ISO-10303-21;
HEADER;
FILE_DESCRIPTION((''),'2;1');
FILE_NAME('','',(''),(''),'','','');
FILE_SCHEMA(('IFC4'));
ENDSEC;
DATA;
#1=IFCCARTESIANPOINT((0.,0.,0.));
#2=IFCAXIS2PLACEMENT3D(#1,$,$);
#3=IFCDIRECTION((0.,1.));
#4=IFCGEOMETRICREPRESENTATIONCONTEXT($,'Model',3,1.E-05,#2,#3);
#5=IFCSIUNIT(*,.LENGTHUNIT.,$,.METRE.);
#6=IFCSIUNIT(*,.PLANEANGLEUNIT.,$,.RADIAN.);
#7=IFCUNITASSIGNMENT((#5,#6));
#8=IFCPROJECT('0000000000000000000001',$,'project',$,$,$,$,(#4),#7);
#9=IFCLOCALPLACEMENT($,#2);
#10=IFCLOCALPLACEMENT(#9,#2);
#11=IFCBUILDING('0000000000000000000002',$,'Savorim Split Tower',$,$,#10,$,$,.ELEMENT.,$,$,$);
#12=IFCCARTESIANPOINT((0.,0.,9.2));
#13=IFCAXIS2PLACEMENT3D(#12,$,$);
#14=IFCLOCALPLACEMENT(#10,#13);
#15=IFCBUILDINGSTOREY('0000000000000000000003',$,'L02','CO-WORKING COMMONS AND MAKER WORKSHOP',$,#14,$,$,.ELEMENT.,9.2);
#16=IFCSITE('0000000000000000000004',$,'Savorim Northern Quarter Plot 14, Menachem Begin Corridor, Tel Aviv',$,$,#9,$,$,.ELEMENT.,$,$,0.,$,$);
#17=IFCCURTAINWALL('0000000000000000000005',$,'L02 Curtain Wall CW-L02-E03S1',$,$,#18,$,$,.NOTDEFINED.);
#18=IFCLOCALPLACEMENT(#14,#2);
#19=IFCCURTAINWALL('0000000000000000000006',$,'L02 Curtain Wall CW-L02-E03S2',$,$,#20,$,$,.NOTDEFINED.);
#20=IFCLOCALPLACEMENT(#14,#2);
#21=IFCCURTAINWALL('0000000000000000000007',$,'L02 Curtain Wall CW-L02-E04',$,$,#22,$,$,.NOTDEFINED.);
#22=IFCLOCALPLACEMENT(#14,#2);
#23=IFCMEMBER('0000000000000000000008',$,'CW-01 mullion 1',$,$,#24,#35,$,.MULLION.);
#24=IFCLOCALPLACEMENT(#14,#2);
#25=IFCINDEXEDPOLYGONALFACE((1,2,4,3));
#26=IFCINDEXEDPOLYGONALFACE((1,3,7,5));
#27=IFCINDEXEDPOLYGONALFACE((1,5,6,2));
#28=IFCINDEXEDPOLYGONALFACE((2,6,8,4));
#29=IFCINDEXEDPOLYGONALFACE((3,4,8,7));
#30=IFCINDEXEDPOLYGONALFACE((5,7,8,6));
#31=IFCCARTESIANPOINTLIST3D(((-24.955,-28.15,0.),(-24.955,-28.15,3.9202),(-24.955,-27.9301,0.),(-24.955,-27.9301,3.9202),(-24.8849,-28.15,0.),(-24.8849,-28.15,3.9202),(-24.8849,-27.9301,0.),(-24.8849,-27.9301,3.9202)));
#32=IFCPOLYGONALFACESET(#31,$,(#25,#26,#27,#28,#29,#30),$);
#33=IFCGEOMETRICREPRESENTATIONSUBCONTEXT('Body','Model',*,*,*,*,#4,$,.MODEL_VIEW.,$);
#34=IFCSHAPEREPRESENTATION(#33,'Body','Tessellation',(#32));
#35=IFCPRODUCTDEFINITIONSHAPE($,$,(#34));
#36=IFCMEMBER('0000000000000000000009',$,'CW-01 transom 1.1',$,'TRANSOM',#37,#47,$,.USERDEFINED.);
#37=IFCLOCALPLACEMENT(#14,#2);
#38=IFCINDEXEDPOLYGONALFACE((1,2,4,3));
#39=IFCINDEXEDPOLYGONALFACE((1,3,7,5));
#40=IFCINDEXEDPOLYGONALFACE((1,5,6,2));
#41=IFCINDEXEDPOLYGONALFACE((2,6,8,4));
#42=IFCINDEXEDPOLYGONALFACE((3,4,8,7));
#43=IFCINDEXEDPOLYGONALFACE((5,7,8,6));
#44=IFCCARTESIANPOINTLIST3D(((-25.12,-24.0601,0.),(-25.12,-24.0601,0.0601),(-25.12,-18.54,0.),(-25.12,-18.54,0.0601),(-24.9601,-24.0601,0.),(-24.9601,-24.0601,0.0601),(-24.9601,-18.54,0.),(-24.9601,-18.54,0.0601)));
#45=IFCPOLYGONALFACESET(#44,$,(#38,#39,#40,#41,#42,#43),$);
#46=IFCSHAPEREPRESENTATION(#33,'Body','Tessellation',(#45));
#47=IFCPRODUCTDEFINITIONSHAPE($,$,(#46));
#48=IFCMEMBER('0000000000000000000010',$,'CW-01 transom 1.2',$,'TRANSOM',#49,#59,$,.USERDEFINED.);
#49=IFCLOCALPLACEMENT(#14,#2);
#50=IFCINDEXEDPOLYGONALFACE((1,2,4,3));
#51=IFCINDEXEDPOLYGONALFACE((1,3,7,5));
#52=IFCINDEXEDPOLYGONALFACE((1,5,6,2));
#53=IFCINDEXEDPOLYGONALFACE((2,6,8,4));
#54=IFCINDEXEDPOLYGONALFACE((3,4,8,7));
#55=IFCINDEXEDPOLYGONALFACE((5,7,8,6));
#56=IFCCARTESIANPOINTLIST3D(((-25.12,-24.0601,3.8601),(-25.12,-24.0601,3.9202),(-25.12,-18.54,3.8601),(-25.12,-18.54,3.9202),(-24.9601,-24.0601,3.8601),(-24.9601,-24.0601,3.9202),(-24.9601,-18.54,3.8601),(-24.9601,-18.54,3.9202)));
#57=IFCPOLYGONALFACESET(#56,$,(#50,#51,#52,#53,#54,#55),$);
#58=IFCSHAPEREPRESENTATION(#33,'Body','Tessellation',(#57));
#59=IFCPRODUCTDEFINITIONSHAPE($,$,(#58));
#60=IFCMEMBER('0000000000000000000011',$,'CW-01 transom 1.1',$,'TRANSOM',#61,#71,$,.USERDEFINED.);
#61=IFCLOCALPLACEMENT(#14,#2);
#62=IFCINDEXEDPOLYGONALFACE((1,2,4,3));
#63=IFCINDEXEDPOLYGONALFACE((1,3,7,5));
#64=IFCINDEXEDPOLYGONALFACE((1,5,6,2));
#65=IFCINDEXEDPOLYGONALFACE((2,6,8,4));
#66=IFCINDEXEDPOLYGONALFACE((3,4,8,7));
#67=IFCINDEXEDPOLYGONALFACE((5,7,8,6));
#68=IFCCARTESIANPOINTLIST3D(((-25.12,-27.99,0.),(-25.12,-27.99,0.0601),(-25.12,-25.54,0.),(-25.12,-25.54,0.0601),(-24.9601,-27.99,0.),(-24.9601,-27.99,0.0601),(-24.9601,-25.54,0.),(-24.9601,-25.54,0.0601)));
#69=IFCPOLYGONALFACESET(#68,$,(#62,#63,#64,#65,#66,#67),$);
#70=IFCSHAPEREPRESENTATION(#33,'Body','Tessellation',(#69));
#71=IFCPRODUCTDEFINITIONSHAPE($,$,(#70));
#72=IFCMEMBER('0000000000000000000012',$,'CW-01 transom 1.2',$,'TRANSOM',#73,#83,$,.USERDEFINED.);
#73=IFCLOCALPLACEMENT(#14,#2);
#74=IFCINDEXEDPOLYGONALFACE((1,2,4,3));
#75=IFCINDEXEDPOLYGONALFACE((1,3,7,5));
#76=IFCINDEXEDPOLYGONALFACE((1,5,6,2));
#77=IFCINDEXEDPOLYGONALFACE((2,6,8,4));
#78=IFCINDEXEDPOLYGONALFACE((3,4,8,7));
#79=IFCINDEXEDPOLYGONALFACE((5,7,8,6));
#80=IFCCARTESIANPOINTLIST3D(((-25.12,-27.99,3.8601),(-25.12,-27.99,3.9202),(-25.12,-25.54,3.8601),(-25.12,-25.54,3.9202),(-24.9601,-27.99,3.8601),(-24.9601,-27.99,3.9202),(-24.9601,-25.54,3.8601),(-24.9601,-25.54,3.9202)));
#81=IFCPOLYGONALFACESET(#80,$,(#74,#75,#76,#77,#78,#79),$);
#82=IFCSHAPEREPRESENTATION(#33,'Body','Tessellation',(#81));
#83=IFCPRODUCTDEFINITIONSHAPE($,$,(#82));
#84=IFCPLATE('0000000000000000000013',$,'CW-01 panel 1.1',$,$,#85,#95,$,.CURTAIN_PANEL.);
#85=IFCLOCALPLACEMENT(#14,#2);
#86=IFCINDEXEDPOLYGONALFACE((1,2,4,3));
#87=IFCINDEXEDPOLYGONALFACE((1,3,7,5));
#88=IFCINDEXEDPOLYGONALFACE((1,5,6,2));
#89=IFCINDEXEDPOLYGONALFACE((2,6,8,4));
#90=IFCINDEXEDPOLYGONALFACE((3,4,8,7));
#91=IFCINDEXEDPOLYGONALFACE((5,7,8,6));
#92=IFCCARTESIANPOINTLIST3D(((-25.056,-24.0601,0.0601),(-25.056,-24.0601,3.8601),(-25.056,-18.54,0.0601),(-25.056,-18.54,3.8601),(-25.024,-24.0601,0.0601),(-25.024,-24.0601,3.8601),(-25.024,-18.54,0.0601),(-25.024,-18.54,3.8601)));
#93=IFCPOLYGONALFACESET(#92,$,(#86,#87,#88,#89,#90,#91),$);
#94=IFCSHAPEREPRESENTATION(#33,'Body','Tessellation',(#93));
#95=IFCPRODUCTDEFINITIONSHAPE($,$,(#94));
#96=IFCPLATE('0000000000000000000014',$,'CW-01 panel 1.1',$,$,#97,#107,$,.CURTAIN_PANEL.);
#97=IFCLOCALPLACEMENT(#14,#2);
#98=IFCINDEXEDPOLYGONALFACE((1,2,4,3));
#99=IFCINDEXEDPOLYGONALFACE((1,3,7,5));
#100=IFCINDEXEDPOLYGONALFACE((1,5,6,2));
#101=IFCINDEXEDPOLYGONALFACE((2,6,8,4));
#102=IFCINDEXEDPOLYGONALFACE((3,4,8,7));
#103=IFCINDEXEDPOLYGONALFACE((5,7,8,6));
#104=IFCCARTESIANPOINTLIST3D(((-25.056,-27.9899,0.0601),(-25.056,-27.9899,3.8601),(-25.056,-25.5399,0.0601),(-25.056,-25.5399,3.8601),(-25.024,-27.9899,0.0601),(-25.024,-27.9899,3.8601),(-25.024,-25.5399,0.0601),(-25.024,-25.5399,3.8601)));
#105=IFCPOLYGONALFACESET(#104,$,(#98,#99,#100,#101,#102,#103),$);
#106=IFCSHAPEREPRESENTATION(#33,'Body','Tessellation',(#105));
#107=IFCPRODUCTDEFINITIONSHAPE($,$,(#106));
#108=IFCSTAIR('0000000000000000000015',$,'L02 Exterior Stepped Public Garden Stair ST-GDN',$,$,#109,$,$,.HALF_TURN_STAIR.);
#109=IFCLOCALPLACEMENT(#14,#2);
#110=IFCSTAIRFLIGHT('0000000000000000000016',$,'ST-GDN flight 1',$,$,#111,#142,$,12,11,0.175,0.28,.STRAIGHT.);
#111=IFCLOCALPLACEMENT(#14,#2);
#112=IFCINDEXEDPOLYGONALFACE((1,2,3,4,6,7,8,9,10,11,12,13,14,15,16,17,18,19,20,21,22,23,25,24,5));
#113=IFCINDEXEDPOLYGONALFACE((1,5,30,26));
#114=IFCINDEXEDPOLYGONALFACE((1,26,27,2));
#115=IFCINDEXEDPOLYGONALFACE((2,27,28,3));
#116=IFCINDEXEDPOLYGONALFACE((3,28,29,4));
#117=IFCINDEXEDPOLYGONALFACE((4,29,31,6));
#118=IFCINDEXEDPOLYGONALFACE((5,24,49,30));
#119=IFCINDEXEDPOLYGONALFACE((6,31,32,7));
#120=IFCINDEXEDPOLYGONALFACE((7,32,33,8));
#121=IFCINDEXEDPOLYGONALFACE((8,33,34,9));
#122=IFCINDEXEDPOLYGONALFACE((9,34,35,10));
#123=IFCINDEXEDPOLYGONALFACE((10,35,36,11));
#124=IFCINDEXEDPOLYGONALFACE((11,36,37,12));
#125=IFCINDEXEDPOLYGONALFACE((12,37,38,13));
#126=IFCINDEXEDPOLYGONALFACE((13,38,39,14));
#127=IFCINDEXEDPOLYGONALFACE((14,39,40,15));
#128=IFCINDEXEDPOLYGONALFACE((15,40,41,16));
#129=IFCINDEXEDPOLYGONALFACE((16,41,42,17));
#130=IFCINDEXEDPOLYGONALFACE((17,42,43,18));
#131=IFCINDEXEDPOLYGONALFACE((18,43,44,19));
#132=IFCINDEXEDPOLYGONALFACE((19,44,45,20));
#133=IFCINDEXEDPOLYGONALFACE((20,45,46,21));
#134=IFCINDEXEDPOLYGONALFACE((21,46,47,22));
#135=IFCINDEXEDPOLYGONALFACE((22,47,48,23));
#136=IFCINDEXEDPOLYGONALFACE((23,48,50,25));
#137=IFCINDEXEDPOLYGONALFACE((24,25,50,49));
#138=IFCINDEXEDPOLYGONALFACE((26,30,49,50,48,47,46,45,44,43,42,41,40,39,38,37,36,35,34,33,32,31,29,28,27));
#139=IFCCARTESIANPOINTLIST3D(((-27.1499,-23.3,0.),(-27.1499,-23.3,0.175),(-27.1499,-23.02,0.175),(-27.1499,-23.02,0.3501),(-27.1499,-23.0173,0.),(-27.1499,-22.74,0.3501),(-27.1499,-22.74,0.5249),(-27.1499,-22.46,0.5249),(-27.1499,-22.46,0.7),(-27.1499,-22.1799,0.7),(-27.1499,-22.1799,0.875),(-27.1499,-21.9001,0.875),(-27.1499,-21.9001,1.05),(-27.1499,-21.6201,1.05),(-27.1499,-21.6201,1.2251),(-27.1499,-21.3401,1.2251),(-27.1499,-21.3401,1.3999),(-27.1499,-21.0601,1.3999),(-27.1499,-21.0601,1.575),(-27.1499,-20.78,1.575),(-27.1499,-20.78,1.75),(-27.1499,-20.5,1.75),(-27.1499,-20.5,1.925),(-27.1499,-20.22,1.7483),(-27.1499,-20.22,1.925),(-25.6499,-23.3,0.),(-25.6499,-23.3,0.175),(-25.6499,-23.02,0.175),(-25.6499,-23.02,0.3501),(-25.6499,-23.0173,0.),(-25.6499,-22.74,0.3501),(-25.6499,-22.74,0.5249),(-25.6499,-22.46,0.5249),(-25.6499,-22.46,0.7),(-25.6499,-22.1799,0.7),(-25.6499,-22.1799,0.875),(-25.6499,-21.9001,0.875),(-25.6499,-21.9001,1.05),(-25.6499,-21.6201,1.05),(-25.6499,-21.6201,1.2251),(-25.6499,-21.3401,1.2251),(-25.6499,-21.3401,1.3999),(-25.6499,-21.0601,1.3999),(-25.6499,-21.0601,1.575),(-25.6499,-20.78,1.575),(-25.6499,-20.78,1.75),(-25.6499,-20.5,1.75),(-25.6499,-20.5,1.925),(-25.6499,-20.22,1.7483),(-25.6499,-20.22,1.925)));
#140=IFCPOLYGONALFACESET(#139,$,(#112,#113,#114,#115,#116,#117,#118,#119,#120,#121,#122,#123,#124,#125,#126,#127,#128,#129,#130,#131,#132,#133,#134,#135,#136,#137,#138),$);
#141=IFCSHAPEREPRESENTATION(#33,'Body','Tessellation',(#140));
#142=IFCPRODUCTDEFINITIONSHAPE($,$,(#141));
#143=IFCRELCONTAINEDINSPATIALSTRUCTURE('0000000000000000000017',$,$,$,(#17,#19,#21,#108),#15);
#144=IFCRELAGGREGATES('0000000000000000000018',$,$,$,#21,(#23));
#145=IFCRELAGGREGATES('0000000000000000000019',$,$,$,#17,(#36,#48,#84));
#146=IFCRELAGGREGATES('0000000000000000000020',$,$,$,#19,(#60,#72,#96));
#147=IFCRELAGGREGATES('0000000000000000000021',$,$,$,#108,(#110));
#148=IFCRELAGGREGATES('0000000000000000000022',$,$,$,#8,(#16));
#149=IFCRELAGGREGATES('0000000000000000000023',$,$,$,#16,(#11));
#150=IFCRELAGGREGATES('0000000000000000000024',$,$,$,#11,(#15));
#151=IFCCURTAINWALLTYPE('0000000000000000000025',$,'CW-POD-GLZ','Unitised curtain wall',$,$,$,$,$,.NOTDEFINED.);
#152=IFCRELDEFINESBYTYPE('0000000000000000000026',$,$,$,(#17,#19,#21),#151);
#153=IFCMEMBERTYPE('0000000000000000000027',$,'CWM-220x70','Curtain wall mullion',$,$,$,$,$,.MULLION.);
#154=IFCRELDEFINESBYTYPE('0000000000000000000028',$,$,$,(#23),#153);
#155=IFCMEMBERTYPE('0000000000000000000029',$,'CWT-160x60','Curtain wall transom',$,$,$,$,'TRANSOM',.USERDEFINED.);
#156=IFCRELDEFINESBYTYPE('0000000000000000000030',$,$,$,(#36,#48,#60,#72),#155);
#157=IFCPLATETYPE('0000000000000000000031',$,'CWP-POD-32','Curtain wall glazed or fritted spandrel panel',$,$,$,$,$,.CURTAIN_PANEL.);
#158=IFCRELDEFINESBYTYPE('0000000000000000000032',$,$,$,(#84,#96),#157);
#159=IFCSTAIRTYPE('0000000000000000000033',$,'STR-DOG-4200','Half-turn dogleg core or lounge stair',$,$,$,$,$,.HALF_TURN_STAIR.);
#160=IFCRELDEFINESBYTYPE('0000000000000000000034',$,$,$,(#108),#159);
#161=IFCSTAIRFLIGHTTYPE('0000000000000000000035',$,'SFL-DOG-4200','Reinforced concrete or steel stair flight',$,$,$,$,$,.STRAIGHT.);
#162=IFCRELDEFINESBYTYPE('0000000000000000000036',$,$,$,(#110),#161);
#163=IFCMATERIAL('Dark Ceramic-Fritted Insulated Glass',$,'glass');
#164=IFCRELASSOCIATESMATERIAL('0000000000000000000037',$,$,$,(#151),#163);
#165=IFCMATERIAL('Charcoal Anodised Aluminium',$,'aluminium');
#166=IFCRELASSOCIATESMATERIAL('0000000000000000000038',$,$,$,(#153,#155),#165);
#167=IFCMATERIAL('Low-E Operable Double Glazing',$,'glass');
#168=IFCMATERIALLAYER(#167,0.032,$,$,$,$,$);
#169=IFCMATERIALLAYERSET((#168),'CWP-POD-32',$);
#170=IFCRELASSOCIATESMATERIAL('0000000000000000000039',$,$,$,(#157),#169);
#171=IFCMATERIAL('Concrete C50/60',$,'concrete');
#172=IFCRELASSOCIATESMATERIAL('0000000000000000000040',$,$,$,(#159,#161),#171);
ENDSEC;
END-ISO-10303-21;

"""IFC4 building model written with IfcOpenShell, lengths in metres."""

from ifc_helpers import new_model, si_unit, direction, frame, origin, origin_2d, place, context, subcontext, project, spatial, polyline, rectangle, outline, extrude, material, layer, layer_set, material_profile, profile_set, type_object, element, aggregate, save


model = new_model("IFC4")

# Units and contexts
model_context = context("Model", 3, precision=1e-05, world=origin(), true_north=direction((0.0, 1.0)))
body_context = subcontext(model_context, "Body", "Model", "MODEL_VIEW")
ifc_project = project(units=[si_unit("LENGTHUNIT", "METRE"), si_unit("PLANEANGLEUNIT", "RADIAN")], contexts=[model_context])

# Site, building, storey
site_placement = place(None, origin())
site = spatial("IfcSite", under=ifc_project, at=site_placement, Name="Savorim Northern Quarter Plot 14, Menachem Begin Corridor, Tel Aviv", CompositionType="ELEMENT", RefElevation=0.0)
building_placement = place(site_placement, origin())
building = spatial("IfcBuilding", under=site, at=building_placement, Name="Savorim Split Tower", CompositionType="ELEMENT")
storey_placement = place(building_placement, frame((0.0, 0.0, 9.2)))
storey = spatial("IfcBuildingStorey", under=building, at=storey_placement, Name="L02", Description="CO-WORKING COMMONS AND MAKER WORKSHOP", CompositionType="ELEMENT", Elevation=9.2)

# Shared definitions
ifc_material_1 = material(Name="Dark Ceramic-Fritted Insulated Glass", Category="glass")
curtain_wall_type = type_object("IfcCurtainWallType", Name="CW-POD-GLZ", Description="Unitised curtain wall", PredefinedType="NOTDEFINED", material=ifc_material_1)
ifc_material_2 = material(Name="Charcoal Anodised Aluminium", Category="aluminium")
ifc_material_profile_1 = material_profile(ifc_material_2, rectangle(XDim=0.22, YDim=0.0701, at=origin_2d()), Name="ALU-M 220x70")
ifc_profile_set_1 = profile_set([ifc_material_profile_1], Name="Charcoal Anodised Aluminium")
member_type_1 = type_object("IfcMemberType", Name="CWM-220x70", Description="Curtain wall mullion", PredefinedType="MULLION", material=ifc_profile_set_1)

# Curtain walls
curtain_wall_1_placement = place(storey_placement, origin())
curtain_wall_1 = element("IfcCurtainWall", 1, at=curtain_wall_1_placement, inside=storey, type_object=curtain_wall_type, Name="L02 Curtain Wall CW-L02-E03S1", PredefinedType="NOTDEFINED")
curtain_wall_2_placement = place(storey_placement, origin())
curtain_wall_2 = element("IfcCurtainWall", 2, at=curtain_wall_2_placement, inside=storey, type_object=curtain_wall_type, Name="L02 Curtain Wall CW-L02-E03S2", PredefinedType="NOTDEFINED")

# Curtain wall, member
curtain_wall_3_placement = place(storey_placement, origin())
curtain_wall_3 = element("IfcCurtainWall", 3, at=curtain_wall_3_placement, inside=storey, type_object=curtain_wall_type, Name="L02 Curtain Wall CW-L02-E04", PredefinedType="NOTDEFINED")
member_1_placement = place(storey_placement, frame((-24.9199, -28.04, 0.0), z_axis=(0.0, 0.0, 1.0), x_axis=(0.0, 1.0, 0.0)))
member_1 = element("IfcMember", 4, at=member_1_placement, type_object=member_type_1, Name="CW-01 mullion 1", PredefinedType="MULLION", context=body_context, shape_type="SweptSolid", body=[
    extrude(rectangle(XDim=0.22, YDim=0.0701, at=origin_2d()), origin(), (0.0, 0.0, 1.0), 3.9202),
])
aggregate(curtain_wall_3, [member_1])

# Members
ifc_material_profile_2 = material_profile(ifc_material_2, rectangle(XDim=0.1599, YDim=0.0601, at=origin_2d()), Name="ALU-T 160x60")
ifc_profile_set_2 = profile_set([ifc_material_profile_2], Name="Charcoal Anodised Aluminium")
member_type_2 = type_object("IfcMemberType", Name="CWT-160x60", Description="Curtain wall transom", ElementType="TRANSOM", PredefinedType="USERDEFINED", material=ifc_profile_set_2)
member_2_placement = place(storey_placement, frame((-25.04, -18.54, 0.03), z_axis=(0.0, -1.0, 0.0), x_axis=(1.0, 0.0, 0.0)))
member_2 = element("IfcMember", 5, at=member_2_placement, type_object=member_type_2, Name="CW-01 transom 1.1", ObjectType="TRANSOM", PredefinedType="USERDEFINED", context=body_context, shape_type="SweptSolid", body=[
    extrude(rectangle(XDim=0.1599, YDim=0.0601, at=origin_2d()), origin(), (0.0, 0.0, 1.0), 5.52),
])
member_3_placement = place(storey_placement, frame((-25.04, -18.54, 3.8901), z_axis=(0.0, -1.0, 0.0), x_axis=(1.0, 0.0, 0.0)))
member_3 = element("IfcMember", 6, at=member_3_placement, type_object=member_type_2, Name="CW-01 transom 1.2", ObjectType="TRANSOM", PredefinedType="USERDEFINED", context=body_context, shape_type="SweptSolid", body=[
    extrude(rectangle(XDim=0.1599, YDim=0.0601, at=origin_2d()), origin(), (0.0, 0.0, 1.0), 5.52),
])
member_4_placement = place(storey_placement, frame((-25.04, -25.54, 0.03), z_axis=(0.0, -1.0, 0.0), x_axis=(1.0, 0.0, 0.0)))
member_4 = element("IfcMember", 7, at=member_4_placement, type_object=member_type_2, Name="CW-01 transom 1.1", ObjectType="TRANSOM", PredefinedType="USERDEFINED", context=body_context, shape_type="SweptSolid", body=[
    extrude(rectangle(XDim=0.1599, YDim=0.0601, at=origin_2d()), origin(), (0.0, 0.0, 1.0), 2.45),
])
member_5_placement = place(storey_placement, frame((-25.04, -25.54, 3.8901), z_axis=(0.0, -1.0, 0.0), x_axis=(1.0, 0.0, 0.0)))
member_5 = element("IfcMember", 8, at=member_5_placement, type_object=member_type_2, Name="CW-01 transom 1.2", ObjectType="TRANSOM", PredefinedType="USERDEFINED", context=body_context, shape_type="SweptSolid", body=[
    extrude(rectangle(XDim=0.1599, YDim=0.0601, at=origin_2d()), origin(), (0.0, 0.0, 1.0), 2.45),
])

# Plates
ifc_material_3 = material(Name="Low-E Operable Double Glazing", Category="glass")
ifc_layer = layer(ifc_material_3, 0.032)
ifc_layer_set = layer_set([ifc_layer], Name="CWP-POD-32")
plate_type = type_object("IfcPlateType", Name="CWP-POD-32", Description="Curtain wall glazed or fritted spandrel panel", PredefinedType="CURTAIN_PANEL", material=ifc_layer_set)
plate_1_placement = place(storey_placement, frame((-25.04, -21.3, 0.0601), z_axis=(0.0, 0.0, 1.0), x_axis=(0.0, -1.0, 0.0)))
plate_1 = element("IfcPlate", 9, at=plate_1_placement, type_object=plate_type, Name="CW-01 panel 1.1", PredefinedType="CURTAIN_PANEL", context=body_context, shape_type="SweptSolid", body=[
    extrude(rectangle(XDim=5.52, YDim=0.032, at=origin_2d()), origin(), (0.0, 0.0, 1.0), 3.8),
])
aggregate(curtain_wall_1, [member_2, member_3, plate_1])
plate_2_placement = place(storey_placement, frame((-25.04, -26.7649, 0.0601), z_axis=(0.0, 0.0, 1.0), x_axis=(0.0, -1.0, 0.0)))
plate_2 = element("IfcPlate", 10, at=plate_2_placement, type_object=plate_type, Name="CW-01 panel 1.1", PredefinedType="CURTAIN_PANEL", context=body_context, shape_type="SweptSolid", body=[
    extrude(rectangle(XDim=2.45, YDim=0.032, at=origin_2d()), origin(), (0.0, 0.0, 1.0), 3.8),
])
aggregate(curtain_wall_2, [member_4, member_5, plate_2])

# Stair, stair flight
ifc_material_4 = material(Name="Concrete C50/60", Category="concrete")
stair_type = type_object("IfcStairType", Name="STR-DOG-4200", Description="Half-turn dogleg core or lounge stair", PredefinedType="HALF_TURN_STAIR", material=ifc_material_4)
stair_placement = place(storey_placement, origin())
stair = element("IfcStair", 11, at=stair_placement, inside=storey, type_object=stair_type, Name="L02 Exterior Stepped Public Garden Stair ST-GDN", PredefinedType="HALF_TURN_STAIR")
stair_flight_type = type_object("IfcStairFlightType", Name="SFL-DOG-4200", Description="Reinforced concrete or steel stair flight", PredefinedType="STRAIGHT", material=ifc_material_4)
stair_flight_placement = place(storey_placement, frame((-26.3999, -23.3, 0.0), z_axis=(0.0, 0.0, 1.0), x_axis=(0.0, 1.0, 0.0)))
stair_flight = element("IfcStairFlight", 12, at=stair_flight_placement, type_object=stair_flight_type, Name="ST-GDN flight 1", NumberOfRisers=12, NumberOfTreads=11, PredefinedType="STRAIGHT", RiserHeight=0.175, TreadLength=0.28, context=body_context, shape_type="SweptSolid", body=[
    extrude(outline(polyline([(0.0, 0.0), (0.0, 0.175), (0.28, 0.175), (0.28, 0.3501), (0.5601, 0.3501), (0.5601, 0.5249), (0.8401, 0.5249), (0.8401, 0.7), (1.1201, 0.7), (1.1201, 0.875), (1.3999, 0.875), (1.3999, 1.05), (1.6799, 1.05), (1.6799, 1.2251), (1.96, 1.2251), (1.96, 1.3999), (2.24, 1.3999), (2.24, 1.575), (2.52, 1.575), (2.52, 1.75), (2.8, 1.75), (2.8, 1.925), (3.0801, 1.925), (3.0801, 2.1001), (3.0801, 1.7483), (0.2827, 0.0), (0.0, 0.0)])), frame((0.0, 0.75, 0.0), z_axis=(0.0, -1.0, 0.0), x_axis=(1.0, 0.0, 0.0)), (0.0, 0.0, 1.0), 1.5),
])
aggregate(stair, [stair_flight])

save(model, "model.ifc")
